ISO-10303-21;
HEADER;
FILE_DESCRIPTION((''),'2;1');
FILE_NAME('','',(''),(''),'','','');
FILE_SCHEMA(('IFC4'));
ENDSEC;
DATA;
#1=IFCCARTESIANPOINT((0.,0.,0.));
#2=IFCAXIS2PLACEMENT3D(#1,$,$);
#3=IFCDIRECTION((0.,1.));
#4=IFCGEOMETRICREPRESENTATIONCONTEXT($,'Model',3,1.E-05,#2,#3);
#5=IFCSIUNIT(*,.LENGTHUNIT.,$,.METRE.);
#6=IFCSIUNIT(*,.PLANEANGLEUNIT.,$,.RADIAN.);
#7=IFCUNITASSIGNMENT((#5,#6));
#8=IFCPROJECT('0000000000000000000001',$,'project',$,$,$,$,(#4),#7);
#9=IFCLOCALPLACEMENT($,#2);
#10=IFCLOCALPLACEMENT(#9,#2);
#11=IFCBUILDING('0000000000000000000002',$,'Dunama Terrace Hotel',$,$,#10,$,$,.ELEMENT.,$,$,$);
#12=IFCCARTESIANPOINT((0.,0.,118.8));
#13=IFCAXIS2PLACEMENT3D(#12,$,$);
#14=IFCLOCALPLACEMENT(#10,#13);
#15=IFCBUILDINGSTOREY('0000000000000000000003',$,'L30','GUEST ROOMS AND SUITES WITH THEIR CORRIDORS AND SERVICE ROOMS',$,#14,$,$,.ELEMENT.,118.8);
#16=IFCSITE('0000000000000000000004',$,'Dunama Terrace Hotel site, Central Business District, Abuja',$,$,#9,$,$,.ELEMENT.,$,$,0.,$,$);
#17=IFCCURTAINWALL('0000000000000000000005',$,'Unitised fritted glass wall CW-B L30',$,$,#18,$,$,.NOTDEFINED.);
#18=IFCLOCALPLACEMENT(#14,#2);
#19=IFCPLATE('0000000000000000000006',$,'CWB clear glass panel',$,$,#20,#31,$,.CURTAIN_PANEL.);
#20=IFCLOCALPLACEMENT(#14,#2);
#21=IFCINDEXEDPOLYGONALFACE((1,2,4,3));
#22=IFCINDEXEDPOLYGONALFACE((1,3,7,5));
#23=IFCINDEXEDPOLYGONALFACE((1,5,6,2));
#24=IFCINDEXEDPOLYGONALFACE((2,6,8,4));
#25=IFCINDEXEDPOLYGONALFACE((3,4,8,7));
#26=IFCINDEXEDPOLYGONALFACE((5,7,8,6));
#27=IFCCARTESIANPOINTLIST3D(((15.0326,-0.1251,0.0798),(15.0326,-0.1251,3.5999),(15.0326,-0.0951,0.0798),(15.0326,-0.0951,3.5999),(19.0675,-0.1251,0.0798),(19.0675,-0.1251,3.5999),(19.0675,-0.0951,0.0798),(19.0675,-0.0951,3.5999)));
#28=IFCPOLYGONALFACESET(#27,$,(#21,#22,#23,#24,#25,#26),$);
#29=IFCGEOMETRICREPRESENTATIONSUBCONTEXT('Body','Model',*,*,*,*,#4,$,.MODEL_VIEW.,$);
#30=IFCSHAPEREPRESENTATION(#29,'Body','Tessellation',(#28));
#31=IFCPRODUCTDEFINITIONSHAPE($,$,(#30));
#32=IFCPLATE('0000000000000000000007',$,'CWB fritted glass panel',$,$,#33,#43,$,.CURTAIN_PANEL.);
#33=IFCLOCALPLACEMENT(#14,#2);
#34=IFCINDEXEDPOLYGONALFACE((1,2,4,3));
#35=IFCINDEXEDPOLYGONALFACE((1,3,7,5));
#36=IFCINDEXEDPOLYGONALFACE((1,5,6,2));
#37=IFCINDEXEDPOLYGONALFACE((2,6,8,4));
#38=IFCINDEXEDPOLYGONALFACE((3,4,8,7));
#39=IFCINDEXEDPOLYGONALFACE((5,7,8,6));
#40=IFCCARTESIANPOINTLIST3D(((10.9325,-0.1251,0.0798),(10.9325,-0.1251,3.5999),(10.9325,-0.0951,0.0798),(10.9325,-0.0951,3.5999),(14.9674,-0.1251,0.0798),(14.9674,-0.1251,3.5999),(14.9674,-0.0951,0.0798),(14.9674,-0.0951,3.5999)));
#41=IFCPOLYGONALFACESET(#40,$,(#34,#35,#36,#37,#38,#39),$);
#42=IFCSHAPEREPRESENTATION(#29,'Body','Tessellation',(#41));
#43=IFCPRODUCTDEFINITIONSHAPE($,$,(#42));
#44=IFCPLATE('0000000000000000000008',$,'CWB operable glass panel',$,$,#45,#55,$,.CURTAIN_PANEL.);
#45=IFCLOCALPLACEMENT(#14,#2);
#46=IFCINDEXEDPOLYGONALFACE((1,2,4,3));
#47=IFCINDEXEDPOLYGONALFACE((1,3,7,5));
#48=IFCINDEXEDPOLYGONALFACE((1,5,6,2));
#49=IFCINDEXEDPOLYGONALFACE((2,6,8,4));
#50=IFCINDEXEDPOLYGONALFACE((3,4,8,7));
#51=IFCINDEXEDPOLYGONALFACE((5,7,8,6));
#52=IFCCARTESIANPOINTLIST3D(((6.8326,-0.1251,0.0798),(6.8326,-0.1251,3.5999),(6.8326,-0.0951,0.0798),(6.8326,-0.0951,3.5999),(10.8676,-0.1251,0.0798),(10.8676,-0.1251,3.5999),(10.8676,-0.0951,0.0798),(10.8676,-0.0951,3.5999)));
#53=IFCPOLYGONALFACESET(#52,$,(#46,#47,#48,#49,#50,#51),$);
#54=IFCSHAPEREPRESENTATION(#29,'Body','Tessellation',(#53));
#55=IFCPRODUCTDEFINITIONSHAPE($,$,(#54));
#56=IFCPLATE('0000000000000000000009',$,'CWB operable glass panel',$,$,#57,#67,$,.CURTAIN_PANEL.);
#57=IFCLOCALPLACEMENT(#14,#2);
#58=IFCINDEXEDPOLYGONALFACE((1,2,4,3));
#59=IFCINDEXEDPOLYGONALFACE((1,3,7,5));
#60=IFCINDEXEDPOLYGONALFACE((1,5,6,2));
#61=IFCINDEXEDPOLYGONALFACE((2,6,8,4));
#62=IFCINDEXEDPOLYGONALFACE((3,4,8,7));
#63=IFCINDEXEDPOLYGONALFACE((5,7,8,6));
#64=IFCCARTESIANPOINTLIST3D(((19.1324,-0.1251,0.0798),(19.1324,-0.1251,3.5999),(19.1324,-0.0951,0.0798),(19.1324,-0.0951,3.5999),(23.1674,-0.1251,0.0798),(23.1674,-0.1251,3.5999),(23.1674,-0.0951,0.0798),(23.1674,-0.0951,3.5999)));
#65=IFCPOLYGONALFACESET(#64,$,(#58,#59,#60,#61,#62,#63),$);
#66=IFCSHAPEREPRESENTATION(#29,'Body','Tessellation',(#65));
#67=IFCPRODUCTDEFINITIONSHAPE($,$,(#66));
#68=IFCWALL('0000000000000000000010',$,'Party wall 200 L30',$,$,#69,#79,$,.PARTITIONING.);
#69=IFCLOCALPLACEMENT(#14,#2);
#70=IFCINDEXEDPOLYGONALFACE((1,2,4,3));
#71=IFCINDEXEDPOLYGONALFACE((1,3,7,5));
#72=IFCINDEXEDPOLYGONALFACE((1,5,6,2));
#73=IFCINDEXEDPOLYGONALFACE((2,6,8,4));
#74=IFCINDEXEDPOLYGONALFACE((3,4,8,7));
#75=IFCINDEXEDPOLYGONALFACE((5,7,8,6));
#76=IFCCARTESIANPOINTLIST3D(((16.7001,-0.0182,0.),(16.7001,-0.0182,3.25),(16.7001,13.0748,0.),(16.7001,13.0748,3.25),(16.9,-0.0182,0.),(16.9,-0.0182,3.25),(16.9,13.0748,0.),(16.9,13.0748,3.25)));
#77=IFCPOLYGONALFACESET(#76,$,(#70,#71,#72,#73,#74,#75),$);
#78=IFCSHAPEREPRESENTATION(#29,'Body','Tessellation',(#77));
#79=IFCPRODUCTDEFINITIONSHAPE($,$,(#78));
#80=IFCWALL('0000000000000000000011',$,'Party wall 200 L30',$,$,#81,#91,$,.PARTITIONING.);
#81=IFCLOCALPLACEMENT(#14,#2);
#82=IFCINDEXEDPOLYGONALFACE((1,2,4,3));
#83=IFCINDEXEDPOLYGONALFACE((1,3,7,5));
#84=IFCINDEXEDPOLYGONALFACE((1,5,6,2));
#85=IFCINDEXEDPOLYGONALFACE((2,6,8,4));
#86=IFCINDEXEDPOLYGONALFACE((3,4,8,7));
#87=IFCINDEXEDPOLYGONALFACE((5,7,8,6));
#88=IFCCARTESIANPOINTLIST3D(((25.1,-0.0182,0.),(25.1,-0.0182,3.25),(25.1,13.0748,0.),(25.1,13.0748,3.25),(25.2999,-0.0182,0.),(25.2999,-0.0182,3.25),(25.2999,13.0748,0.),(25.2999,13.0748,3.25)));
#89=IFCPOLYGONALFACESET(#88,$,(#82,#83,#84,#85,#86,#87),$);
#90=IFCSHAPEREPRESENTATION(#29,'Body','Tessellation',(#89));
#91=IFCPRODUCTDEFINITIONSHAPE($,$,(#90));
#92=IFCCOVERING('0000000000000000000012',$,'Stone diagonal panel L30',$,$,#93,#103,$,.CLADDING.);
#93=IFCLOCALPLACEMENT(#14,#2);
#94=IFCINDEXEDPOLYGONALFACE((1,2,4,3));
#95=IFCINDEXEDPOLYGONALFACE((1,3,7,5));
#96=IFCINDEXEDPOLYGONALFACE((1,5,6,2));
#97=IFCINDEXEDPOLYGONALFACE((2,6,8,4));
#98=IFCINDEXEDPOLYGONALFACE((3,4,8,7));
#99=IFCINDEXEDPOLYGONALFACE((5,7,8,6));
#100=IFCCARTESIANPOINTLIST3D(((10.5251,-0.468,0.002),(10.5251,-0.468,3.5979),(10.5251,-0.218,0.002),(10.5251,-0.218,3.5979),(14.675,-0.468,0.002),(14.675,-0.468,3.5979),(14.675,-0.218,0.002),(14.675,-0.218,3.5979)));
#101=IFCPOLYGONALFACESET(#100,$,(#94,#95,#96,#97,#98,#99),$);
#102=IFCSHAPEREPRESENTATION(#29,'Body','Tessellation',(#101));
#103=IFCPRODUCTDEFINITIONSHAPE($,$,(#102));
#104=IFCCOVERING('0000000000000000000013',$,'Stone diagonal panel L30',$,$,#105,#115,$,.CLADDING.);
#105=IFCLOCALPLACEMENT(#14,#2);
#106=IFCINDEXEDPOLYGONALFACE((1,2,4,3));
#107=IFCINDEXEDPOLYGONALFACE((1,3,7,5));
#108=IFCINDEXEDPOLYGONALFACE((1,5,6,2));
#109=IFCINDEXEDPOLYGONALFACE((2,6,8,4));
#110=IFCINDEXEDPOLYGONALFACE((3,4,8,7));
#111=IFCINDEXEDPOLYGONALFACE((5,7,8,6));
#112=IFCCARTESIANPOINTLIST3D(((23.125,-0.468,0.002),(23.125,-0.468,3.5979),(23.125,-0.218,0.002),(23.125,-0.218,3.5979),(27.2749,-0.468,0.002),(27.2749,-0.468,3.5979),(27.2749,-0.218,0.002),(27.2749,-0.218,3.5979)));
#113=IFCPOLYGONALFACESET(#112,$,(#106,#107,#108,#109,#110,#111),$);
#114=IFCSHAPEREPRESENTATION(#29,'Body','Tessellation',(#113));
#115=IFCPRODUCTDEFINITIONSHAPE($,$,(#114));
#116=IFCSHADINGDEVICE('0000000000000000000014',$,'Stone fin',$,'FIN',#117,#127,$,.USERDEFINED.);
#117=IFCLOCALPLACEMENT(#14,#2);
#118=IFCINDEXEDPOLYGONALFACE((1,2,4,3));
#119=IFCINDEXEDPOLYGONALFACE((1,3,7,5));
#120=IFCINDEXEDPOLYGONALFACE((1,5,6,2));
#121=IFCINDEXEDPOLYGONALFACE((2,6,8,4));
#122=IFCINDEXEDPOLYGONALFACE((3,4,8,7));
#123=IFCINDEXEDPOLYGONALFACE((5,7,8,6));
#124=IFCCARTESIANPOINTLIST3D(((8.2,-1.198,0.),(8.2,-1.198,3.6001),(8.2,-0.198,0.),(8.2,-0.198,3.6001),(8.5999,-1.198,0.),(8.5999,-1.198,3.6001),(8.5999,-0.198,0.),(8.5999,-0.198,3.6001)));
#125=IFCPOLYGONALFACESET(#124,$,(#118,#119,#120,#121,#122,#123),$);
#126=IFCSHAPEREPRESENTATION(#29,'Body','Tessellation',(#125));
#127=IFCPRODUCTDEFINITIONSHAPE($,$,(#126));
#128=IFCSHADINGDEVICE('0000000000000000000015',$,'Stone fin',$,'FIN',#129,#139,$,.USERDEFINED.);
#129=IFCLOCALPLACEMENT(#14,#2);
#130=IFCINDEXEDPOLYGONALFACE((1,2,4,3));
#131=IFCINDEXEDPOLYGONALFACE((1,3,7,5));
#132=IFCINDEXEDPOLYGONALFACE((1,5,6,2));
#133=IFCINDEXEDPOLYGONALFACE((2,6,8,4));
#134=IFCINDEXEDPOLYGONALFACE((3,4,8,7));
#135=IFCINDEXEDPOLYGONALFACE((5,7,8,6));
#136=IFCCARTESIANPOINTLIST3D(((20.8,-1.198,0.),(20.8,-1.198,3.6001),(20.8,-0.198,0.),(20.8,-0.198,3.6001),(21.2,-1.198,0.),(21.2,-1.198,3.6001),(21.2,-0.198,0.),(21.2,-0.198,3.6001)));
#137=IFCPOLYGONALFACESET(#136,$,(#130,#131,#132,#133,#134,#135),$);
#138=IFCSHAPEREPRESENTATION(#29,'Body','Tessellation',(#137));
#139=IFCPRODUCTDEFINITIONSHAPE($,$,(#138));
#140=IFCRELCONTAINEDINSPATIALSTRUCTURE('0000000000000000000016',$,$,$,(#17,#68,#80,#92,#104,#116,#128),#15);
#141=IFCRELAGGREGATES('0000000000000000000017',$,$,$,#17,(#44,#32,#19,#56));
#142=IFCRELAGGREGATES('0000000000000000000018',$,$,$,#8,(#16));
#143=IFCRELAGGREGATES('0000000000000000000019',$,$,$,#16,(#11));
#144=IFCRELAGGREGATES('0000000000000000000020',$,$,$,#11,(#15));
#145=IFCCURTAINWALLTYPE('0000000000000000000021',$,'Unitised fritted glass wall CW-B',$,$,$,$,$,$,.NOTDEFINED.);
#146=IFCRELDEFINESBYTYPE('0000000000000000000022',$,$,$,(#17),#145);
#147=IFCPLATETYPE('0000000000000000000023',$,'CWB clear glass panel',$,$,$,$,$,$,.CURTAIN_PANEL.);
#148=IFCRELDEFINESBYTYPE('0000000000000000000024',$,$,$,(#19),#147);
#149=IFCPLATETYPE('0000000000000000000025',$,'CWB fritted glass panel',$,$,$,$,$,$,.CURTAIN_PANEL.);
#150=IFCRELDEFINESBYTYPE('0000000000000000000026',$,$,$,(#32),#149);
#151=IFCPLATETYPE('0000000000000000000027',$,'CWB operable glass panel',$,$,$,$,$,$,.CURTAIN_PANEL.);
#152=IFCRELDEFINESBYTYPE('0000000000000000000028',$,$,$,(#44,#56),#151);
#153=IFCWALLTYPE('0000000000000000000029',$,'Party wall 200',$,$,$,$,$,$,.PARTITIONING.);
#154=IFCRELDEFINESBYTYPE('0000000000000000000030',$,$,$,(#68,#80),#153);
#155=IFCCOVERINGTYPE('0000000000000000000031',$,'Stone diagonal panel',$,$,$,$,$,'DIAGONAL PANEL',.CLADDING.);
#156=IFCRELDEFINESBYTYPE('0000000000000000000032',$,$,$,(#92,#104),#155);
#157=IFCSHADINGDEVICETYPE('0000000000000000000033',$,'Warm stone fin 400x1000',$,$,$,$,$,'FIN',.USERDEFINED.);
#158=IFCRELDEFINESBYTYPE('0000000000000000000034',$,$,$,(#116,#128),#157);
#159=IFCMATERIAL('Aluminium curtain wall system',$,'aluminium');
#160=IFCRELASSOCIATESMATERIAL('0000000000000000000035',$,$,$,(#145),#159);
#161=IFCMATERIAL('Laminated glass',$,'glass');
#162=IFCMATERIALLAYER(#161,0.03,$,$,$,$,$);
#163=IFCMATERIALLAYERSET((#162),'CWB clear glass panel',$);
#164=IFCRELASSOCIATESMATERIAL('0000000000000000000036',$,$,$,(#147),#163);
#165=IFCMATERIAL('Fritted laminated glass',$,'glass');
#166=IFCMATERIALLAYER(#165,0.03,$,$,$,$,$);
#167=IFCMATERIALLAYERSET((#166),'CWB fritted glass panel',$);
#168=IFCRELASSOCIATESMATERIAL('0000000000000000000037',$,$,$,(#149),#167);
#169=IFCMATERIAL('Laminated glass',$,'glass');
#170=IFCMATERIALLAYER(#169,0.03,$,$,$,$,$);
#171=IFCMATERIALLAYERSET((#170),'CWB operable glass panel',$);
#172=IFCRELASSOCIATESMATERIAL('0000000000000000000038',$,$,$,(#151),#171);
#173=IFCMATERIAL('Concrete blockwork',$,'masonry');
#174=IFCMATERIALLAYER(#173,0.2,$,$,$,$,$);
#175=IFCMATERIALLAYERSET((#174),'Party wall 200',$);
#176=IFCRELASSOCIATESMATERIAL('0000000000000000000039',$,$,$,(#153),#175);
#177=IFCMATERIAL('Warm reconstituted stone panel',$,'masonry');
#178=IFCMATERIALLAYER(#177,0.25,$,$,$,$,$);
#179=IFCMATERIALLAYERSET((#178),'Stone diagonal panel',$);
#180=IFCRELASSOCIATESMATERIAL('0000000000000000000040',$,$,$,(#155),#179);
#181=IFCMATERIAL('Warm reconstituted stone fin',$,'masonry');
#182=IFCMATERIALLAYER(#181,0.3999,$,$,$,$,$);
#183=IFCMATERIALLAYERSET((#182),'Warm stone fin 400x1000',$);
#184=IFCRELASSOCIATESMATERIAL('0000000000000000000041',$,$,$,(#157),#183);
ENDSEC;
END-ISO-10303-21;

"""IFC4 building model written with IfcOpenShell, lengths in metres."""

from ifc_helpers import new_model, si_unit, direction, frame, frame_2d, origin, origin_2d, place, context, subcontext, project, spatial, rectangle, extrude, material, layer, layer_set, type_object, element, aggregate, save


model = new_model("IFC4")

# Units and contexts
model_context = context("Model", 3, precision=1e-05, world=origin(), true_north=direction((0.0, 1.0)))
body_context = subcontext(model_context, "Body", "Model", "MODEL_VIEW")
ifc_project = project(units=[si_unit("LENGTHUNIT", "METRE"), si_unit("PLANEANGLEUNIT", "RADIAN")], contexts=[model_context])

# Site, building, storey
site_placement = place(None, origin())
site = spatial("IfcSite", under=ifc_project, at=site_placement, Name="Dunama Terrace Hotel site, Central Business District, Abuja", CompositionType="ELEMENT", RefElevation=0.0)
building_placement = place(site_placement, origin())
building = spatial("IfcBuilding", under=site, at=building_placement, Name="Dunama Terrace Hotel", CompositionType="ELEMENT")
storey_placement = place(building_placement, frame((0.0, 0.0, 118.8)))
storey = spatial("IfcBuildingStorey", under=building, at=storey_placement, Name="L30", Description="GUEST ROOMS AND SUITES WITH THEIR CORRIDORS AND SERVICE ROOMS", CompositionType="ELEMENT", Elevation=118.8)

# Curtain wall
ifc_material_1 = material(Name="Aluminium curtain wall system", Category="aluminium")
curtain_wall_type = type_object("IfcCurtainWallType", Name="Unitised fritted glass wall CW-B", PredefinedType="NOTDEFINED", material=ifc_material_1)
curtain_wall_placement = place(storey_placement, origin())
curtain_wall = element("IfcCurtainWall", 1, at=curtain_wall_placement, inside=storey, type_object=curtain_wall_type, Name="Unitised fritted glass wall CW-B L30", PredefinedType="NOTDEFINED")

# Plates
ifc_material_2 = material(Name="Laminated glass", Category="glass")
ifc_layer_1 = layer(ifc_material_2, 0.03)
ifc_layer_set_1 = layer_set([ifc_layer_1], Name="CWB clear glass panel")
plate_type_1 = type_object("IfcPlateType", Name="CWB clear glass panel", PredefinedType="CURTAIN_PANEL", material=ifc_layer_set_1)
plate_1_placement = place(storey_placement, frame((17.05, -0.1101, 0.0798), z_axis=(0.0, 0.0, 1.0), x_axis=(1.0, 0.0, 0.0)))
plate_1 = element("IfcPlate", 2, at=plate_1_placement, type_object=plate_type_1, Name="CWB clear glass panel", PredefinedType="CURTAIN_PANEL", context=body_context, shape_type="SweptSolid", body=[
    extrude(rectangle(XDim=4.0349, YDim=0.03, at=origin_2d()), origin(), (0.0, 0.0, 1.0), 3.52),
])
ifc_material_3 = material(Name="Fritted laminated glass", Category="glass")
ifc_layer_2 = layer(ifc_material_3, 0.03)
ifc_layer_set_2 = layer_set([ifc_layer_2], Name="CWB fritted glass panel")
plate_type_2 = type_object("IfcPlateType", Name="CWB fritted glass panel", PredefinedType="CURTAIN_PANEL", material=ifc_layer_set_2)
plate_2_placement = place(storey_placement, frame((12.95, -0.1101, 0.0798), z_axis=(0.0, 0.0, 1.0), x_axis=(1.0, 0.0, 0.0)))
plate_2 = element("IfcPlate", 3, at=plate_2_placement, type_object=plate_type_2, Name="CWB fritted glass panel", PredefinedType="CURTAIN_PANEL", context=body_context, shape_type="SweptSolid", body=[
    extrude(rectangle(XDim=4.0349, YDim=0.03, at=origin_2d()), origin(), (0.0, 0.0, 1.0), 3.52),
])
ifc_material_4 = material(Name="Laminated glass", Category="glass")
ifc_layer_3 = layer(ifc_material_4, 0.03)
ifc_layer_set_3 = layer_set([ifc_layer_3], Name="CWB operable glass panel")
plate_type_3 = type_object("IfcPlateType", Name="CWB operable glass panel", PredefinedType="CURTAIN_PANEL", material=ifc_layer_set_3)
plate_3_placement = place(storey_placement, frame((8.8501, -0.1101, 0.0798), z_axis=(0.0, 0.0, 1.0), x_axis=(1.0, 0.0, 0.0)))
plate_3 = element("IfcPlate", 4, at=plate_3_placement, type_object=plate_type_3, Name="CWB operable glass panel", PredefinedType="CURTAIN_PANEL", context=body_context, shape_type="SweptSolid", body=[
    extrude(rectangle(XDim=4.0349, YDim=0.03, at=origin_2d()), origin(), (0.0, 0.0, 1.0), 3.52),
])
plate_4_placement = place(storey_placement, frame((21.1499, -0.1101, 0.0798), z_axis=(0.0, 0.0, 1.0), x_axis=(1.0, 0.0, 0.0)))
plate_4 = element("IfcPlate", 5, at=plate_4_placement, type_object=plate_type_3, Name="CWB operable glass panel", PredefinedType="CURTAIN_PANEL", context=body_context, shape_type="SweptSolid", body=[
    extrude(rectangle(XDim=4.0349, YDim=0.03, at=origin_2d()), origin(), (0.0, 0.0, 1.0), 3.52),
])
aggregate(curtain_wall, [plate_3, plate_2, plate_1, plate_4])

# Walls
ifc_material_5 = material(Name="Concrete blockwork", Category="masonry")
ifc_layer_4 = layer(ifc_material_5, 0.2)
ifc_layer_set_4 = layer_set([ifc_layer_4], Name="Party wall 200")
wall_type = type_object("IfcWallType", Name="Party wall 200", PredefinedType="PARTITIONING", material=ifc_layer_set_4)
for number, where, z_axis, x_axis, name in (
    (6, (16.8, -0.0181, 0.0), (0.0, 0.0, 1.0), (0.0, 1.0, 0.0), "Party wall 200 L30"),
    (7, (25.2, -0.0181, 0.0), (0.0, 0.0, 1.0), (0.0, 1.0, 0.0), "Party wall 200 L30"),
):
    element("IfcWall", number, at=place(storey_placement, frame(where, z_axis=z_axis, x_axis=x_axis)), inside=storey, type_object=wall_type, Name=name, PredefinedType="PARTITIONING", context=body_context, shape_type="SweptSolid", body=[
        extrude(rectangle(XDim=13.093, YDim=0.2, at=frame_2d((6.5464, 0.0))), origin(), (0.0, 0.0, 1.0), 3.25),
    ])

# Coverings
ifc_material_6 = material(Name="Warm reconstituted stone panel", Category="masonry")
ifc_layer_5 = layer(ifc_material_6, 0.25)
ifc_layer_set_5 = layer_set([ifc_layer_5], Name="Stone diagonal panel")
covering_type = type_object("IfcCoveringType", Name="Stone diagonal panel", ElementType="DIAGONAL PANEL", PredefinedType="CLADDING", material=ifc_layer_set_5)
for number, where, z_axis, x_axis, name in (
    (8, (12.6001, -0.343, 0.002), (0.0, 0.0, 1.0), (1.0, 0.0, 0.0), "Stone diagonal panel L30"),
    (9, (25.2, -0.343, 0.002), (0.0, 0.0, 1.0), (1.0, 0.0, 0.0), "Stone diagonal panel L30"),
):
    element("IfcCovering", number, at=place(storey_placement, frame(where, z_axis=z_axis, x_axis=x_axis)), inside=storey, type_object=covering_type, Name=name, PredefinedType="CLADDING", context=body_context, shape_type="SweptSolid", body=[
        extrude(rectangle(XDim=4.1499, YDim=0.25, at=origin_2d()), origin(), (0.0, 0.0, 1.0), 3.5959),
    ])

# Shading devices
ifc_material_7 = material(Name="Warm reconstituted stone fin", Category="masonry")
ifc_layer_6 = layer(ifc_material_7, 0.3999)
ifc_layer_set_6 = layer_set([ifc_layer_6], Name="Warm stone fin 400x1000")
shading_device_type = type_object("IfcShadingDeviceType", Name="Warm stone fin 400x1000", ElementType="FIN", PredefinedType="USERDEFINED", material=ifc_layer_set_6)
for number, where, z_axis, x_axis, name in (
    (10, (8.3999, -0.698, 0.0), (0.0, 0.0, 1.0), (1.0, 0.0, 0.0), "Stone fin"),
    (11, (21.0, -0.698, 0.0), (0.0, 0.0, 1.0), (1.0, 0.0, 0.0), "Stone fin"),
):
    element("IfcShadingDevice", number, at=place(storey_placement, frame(where, z_axis=z_axis, x_axis=x_axis)), inside=storey, type_object=shading_device_type, Name=name, ObjectType="FIN", PredefinedType="USERDEFINED", context=body_context, shape_type="SweptSolid", body=[
        extrude(rectangle(XDim=0.3999, YDim=1.0, at=origin_2d()), origin(), (0.0, 0.0, 1.0), 3.6001),
    ])

save(model, "model.ifc")
